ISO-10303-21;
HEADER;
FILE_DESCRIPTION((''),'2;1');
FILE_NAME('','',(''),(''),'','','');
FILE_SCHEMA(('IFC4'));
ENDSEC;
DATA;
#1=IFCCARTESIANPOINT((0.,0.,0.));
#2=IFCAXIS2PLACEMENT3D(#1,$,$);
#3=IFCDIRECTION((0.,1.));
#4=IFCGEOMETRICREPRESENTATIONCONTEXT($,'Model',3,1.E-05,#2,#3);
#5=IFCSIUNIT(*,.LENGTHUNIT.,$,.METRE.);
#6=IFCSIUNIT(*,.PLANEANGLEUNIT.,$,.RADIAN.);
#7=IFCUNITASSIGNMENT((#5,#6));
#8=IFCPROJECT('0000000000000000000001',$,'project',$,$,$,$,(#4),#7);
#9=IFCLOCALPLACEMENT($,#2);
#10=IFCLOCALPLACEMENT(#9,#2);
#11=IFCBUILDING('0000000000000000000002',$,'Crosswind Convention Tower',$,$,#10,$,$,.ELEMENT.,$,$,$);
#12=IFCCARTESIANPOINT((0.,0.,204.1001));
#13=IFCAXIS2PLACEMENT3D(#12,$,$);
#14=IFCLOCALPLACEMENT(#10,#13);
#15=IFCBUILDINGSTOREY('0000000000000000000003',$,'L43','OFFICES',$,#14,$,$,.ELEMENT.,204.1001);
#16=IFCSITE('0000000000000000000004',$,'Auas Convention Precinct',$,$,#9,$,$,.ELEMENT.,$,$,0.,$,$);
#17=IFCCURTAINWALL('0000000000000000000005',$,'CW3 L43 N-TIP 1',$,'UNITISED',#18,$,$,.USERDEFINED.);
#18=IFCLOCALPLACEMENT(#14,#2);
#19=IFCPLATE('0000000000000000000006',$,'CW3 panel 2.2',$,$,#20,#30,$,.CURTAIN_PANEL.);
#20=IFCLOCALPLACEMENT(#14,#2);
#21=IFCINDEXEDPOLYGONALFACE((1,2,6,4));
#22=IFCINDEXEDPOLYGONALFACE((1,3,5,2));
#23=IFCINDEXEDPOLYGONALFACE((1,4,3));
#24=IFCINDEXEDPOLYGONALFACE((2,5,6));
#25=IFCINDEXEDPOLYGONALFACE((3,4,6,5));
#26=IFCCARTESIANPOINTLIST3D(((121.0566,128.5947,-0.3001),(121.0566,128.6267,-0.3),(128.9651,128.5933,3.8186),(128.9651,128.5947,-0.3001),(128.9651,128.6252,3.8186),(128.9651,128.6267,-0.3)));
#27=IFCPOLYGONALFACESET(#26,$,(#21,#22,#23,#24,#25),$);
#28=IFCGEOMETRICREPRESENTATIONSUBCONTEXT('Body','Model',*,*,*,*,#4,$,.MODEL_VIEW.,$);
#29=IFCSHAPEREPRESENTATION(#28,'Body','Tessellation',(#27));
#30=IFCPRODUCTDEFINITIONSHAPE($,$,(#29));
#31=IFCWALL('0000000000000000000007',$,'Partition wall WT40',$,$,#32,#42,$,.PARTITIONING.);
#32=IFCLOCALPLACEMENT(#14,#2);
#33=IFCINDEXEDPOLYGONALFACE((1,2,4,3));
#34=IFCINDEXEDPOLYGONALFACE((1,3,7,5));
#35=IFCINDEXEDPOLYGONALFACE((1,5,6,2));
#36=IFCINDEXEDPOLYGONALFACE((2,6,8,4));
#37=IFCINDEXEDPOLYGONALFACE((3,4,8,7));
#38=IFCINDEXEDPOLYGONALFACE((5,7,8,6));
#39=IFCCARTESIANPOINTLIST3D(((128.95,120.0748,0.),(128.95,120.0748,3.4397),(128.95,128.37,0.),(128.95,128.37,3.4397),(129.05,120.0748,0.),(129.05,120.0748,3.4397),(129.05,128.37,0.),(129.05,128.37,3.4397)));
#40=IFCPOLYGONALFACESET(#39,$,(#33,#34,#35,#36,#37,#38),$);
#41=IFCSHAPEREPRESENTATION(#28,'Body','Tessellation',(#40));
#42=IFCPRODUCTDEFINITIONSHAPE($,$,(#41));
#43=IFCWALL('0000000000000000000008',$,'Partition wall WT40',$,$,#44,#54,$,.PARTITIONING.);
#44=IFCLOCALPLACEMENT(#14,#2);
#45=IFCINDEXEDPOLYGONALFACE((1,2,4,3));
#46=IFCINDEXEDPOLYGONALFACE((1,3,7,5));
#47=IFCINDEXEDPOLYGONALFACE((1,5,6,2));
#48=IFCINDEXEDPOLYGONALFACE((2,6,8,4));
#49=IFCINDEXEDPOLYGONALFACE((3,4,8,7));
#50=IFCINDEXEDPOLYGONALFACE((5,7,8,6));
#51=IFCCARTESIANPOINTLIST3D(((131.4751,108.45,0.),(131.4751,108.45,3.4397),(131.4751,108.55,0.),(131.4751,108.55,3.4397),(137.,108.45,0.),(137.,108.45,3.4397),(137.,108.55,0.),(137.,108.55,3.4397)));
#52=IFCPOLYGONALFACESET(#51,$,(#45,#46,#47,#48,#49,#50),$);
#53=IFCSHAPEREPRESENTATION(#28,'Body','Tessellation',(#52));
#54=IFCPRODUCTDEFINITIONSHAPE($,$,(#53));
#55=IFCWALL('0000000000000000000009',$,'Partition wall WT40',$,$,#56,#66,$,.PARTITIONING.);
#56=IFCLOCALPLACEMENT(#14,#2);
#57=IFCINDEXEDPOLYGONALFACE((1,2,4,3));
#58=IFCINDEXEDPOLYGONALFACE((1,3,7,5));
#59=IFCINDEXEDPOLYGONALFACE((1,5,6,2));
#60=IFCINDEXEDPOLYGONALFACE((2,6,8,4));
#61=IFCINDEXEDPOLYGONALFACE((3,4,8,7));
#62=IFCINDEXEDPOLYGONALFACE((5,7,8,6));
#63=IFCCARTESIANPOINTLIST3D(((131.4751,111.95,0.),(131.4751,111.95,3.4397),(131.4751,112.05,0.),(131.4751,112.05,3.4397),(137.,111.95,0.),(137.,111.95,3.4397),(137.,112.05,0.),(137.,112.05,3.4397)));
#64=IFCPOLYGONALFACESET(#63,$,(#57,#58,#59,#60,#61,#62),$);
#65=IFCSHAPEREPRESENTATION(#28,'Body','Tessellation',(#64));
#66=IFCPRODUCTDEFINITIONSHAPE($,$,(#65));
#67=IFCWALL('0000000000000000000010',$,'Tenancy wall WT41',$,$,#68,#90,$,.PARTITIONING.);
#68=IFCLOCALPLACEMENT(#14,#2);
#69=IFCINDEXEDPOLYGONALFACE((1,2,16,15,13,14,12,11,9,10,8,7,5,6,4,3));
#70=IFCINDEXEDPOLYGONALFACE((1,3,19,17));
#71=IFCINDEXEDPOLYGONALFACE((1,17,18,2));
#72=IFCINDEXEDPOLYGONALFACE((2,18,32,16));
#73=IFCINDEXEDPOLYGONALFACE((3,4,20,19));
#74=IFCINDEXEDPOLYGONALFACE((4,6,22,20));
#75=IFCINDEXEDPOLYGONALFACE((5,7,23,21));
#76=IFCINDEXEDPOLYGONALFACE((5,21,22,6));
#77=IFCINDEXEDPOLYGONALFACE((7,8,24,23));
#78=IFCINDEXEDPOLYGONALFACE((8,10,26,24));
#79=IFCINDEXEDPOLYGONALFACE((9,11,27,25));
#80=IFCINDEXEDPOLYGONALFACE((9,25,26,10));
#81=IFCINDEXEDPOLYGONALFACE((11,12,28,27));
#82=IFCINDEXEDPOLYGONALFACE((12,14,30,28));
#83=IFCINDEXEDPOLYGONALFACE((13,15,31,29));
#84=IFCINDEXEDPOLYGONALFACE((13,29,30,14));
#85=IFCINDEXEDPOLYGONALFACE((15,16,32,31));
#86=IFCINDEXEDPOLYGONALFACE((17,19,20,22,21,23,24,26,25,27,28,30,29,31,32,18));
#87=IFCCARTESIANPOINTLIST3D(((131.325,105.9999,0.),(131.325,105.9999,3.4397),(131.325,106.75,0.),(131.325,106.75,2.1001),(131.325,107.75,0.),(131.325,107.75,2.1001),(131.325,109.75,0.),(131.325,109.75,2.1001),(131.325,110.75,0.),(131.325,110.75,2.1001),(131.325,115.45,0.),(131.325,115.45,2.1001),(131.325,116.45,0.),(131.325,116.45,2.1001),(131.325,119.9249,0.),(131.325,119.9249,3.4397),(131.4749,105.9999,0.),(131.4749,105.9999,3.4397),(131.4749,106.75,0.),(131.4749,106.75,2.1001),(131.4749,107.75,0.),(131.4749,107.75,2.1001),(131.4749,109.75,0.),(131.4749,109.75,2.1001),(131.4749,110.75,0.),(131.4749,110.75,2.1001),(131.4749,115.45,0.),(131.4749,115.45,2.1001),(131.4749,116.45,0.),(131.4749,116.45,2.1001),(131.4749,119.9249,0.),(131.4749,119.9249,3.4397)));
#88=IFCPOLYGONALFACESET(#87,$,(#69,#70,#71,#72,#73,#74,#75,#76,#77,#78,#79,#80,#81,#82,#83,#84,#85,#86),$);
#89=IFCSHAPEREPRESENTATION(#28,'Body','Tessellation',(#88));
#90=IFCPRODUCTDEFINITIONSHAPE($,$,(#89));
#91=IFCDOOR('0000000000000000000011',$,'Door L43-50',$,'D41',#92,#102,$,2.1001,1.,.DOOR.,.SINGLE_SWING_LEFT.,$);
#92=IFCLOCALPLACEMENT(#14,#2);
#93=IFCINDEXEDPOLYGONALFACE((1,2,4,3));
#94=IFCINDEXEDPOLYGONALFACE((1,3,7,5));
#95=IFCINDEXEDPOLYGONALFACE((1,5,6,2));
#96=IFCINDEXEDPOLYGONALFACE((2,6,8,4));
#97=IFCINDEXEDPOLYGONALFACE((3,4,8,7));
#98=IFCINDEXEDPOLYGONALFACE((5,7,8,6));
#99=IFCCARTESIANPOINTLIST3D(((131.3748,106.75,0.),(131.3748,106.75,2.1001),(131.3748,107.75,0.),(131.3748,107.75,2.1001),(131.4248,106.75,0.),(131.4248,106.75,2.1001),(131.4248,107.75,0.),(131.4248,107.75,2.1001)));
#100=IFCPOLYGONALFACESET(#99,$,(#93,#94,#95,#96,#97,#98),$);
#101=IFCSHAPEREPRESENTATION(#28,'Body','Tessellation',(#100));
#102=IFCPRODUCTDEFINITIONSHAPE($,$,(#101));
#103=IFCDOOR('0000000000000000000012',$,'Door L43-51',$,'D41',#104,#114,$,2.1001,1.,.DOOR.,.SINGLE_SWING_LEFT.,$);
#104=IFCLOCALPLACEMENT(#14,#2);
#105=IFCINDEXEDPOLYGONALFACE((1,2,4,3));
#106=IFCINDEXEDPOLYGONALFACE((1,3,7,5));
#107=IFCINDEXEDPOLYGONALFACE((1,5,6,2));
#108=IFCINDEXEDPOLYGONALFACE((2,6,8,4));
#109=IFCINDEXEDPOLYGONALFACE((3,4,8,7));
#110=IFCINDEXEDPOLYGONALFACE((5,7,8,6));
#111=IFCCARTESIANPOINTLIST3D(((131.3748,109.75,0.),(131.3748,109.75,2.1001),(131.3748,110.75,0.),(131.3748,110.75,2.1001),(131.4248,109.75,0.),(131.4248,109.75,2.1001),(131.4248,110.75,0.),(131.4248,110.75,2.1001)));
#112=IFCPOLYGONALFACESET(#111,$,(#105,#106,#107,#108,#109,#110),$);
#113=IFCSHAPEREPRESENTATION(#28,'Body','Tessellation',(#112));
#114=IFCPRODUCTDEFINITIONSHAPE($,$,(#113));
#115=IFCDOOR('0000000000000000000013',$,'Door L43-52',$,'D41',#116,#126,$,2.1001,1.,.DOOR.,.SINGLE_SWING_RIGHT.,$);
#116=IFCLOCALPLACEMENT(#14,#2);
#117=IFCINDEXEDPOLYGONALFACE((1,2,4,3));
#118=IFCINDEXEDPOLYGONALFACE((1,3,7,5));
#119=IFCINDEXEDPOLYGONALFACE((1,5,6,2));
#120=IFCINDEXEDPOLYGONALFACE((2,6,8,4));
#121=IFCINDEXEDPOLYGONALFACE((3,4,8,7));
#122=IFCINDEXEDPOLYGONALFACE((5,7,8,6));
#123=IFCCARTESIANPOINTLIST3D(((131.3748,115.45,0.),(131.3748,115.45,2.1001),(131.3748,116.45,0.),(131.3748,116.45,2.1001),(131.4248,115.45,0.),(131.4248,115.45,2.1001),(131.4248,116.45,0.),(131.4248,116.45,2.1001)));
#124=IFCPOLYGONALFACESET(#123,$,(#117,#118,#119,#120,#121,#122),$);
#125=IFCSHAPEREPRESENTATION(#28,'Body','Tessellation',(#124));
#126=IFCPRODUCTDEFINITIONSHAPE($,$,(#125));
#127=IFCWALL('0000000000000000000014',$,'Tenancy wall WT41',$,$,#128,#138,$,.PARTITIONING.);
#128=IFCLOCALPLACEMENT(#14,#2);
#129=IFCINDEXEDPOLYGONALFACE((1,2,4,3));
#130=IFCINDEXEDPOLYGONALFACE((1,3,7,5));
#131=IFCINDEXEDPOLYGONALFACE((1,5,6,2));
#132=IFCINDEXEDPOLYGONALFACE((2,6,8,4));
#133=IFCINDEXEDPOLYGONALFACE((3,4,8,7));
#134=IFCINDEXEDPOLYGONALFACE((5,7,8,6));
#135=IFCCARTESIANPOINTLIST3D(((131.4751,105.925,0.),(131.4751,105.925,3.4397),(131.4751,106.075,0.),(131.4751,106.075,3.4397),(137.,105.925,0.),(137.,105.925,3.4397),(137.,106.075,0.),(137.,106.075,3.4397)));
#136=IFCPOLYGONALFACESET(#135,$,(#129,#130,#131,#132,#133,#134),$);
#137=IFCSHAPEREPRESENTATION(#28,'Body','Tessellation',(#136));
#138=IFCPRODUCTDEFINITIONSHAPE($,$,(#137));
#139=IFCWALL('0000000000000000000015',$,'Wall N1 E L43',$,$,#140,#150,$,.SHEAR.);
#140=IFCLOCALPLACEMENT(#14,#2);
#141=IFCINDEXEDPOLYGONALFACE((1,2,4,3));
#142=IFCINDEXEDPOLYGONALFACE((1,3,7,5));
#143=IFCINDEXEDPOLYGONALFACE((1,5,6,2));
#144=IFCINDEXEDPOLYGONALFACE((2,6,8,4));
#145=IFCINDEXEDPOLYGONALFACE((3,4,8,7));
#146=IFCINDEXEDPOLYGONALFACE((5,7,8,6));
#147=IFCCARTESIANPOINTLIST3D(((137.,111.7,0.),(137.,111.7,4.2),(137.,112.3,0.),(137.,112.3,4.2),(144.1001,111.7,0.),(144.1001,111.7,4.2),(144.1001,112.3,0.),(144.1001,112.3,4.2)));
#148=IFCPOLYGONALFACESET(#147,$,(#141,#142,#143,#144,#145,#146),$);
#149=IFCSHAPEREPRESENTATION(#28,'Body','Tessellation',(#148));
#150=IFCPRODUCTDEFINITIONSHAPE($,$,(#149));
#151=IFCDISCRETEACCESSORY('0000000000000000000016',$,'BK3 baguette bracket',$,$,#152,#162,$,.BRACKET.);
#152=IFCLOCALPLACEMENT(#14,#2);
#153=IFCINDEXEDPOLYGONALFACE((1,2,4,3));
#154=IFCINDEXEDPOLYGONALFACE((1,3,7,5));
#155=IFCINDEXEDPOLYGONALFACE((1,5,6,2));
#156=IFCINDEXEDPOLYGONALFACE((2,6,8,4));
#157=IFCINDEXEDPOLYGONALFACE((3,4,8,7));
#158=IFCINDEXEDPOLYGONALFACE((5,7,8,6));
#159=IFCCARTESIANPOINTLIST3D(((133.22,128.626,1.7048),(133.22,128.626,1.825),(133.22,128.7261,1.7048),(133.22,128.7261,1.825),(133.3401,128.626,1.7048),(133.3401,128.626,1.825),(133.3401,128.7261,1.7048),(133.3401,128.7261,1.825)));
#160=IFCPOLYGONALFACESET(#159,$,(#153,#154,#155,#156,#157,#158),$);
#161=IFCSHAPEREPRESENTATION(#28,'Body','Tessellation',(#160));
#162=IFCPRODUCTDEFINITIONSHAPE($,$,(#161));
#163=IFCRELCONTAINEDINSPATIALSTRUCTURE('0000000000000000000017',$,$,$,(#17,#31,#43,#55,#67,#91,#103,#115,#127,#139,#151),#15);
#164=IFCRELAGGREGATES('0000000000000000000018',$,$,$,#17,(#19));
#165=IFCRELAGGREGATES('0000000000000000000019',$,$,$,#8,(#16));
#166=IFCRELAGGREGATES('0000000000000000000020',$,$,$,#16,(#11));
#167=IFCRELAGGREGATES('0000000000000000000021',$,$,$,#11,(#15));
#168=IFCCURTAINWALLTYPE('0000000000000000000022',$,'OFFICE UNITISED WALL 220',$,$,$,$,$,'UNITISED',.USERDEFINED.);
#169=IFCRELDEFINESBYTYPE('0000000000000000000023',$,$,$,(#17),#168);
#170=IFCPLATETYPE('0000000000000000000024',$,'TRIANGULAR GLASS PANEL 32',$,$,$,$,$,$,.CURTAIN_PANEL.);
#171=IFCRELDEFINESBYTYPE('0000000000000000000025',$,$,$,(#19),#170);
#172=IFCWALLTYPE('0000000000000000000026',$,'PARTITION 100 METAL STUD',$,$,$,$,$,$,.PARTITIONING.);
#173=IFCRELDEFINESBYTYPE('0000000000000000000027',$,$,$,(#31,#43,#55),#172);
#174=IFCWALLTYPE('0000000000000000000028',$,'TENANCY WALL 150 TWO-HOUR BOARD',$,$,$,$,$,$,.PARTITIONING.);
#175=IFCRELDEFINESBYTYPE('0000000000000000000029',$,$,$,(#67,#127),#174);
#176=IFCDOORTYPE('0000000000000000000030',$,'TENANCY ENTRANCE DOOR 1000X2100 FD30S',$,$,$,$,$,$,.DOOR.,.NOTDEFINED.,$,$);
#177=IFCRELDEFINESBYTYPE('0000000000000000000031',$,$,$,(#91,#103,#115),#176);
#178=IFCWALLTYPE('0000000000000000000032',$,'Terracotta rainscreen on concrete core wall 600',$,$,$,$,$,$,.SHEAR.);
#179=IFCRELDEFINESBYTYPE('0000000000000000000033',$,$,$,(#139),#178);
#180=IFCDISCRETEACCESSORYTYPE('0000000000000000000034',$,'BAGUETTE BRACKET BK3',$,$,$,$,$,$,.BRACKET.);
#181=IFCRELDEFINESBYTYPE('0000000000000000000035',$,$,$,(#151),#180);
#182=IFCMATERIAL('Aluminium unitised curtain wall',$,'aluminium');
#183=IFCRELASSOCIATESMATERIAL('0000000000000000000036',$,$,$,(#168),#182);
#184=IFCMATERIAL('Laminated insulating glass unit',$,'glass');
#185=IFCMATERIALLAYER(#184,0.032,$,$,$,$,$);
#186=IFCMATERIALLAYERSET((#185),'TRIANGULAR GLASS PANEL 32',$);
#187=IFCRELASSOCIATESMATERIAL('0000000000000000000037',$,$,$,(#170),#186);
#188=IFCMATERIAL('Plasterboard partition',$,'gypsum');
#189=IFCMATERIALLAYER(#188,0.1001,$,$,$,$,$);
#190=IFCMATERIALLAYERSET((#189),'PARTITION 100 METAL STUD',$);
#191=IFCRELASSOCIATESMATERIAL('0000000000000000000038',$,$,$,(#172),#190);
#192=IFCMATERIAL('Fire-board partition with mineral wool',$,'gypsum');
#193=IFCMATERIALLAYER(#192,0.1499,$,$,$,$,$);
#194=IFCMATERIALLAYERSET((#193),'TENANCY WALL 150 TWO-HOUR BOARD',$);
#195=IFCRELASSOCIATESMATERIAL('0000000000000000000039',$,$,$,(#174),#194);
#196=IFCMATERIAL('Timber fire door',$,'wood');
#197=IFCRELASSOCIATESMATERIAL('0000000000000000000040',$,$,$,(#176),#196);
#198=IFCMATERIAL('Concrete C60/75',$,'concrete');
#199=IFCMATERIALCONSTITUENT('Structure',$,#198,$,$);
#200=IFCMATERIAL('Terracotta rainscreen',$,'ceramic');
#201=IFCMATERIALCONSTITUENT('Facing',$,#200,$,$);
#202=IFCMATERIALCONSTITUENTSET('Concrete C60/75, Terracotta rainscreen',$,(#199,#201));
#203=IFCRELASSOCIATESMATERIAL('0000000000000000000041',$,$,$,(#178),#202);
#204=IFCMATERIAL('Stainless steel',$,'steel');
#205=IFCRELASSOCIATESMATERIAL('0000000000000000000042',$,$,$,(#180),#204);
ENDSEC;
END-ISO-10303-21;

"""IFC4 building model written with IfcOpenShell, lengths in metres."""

from ifc_helpers import new_model, si_unit, direction, frame, frame_2d, origin, origin_2d, place, context, subcontext, project, spatial, polyline, rectangle, outline, extrude, material, layer, layer_set, constituent, constituent_set, type_object, element, fill, aggregate, save


model = new_model("IFC4")

# Units and contexts
model_context = context("Model", 3, precision=1e-05, world=origin(), true_north=direction((0.0, 1.0)))
body_context = subcontext(model_context, "Body", "Model", "MODEL_VIEW")
ifc_project = project(units=[si_unit("LENGTHUNIT", "METRE"), si_unit("PLANEANGLEUNIT", "RADIAN")], contexts=[model_context])

# Site, building, storey
site_placement = place(None, origin())
site = spatial("IfcSite", under=ifc_project, at=site_placement, Name="Auas Convention Precinct", CompositionType="ELEMENT", RefElevation=0.0)
building_placement = place(site_placement, origin())
building = spatial("IfcBuilding", under=site, at=building_placement, Name="Crosswind Convention Tower", CompositionType="ELEMENT")
storey_placement = place(building_placement, frame((0.0, 0.0, 204.1001)))
storey = spatial("IfcBuildingStorey", under=building, at=storey_placement, Name="L43", Description="OFFICES", CompositionType="ELEMENT", Elevation=204.1001)

# Shared definitions
ifc_material_1 = material(Name="Concrete C60/75", Category="concrete")

# Curtain wall
ifc_material_2 = material(Name="Aluminium unitised curtain wall", Category="aluminium")
curtain_wall_type = type_object("IfcCurtainWallType", Name="OFFICE UNITISED WALL 220", ElementType="UNITISED", PredefinedType="USERDEFINED", material=ifc_material_2)
curtain_wall_placement = place(storey_placement, origin())
curtain_wall = element("IfcCurtainWall", 1, at=curtain_wall_placement, inside=storey, type_object=curtain_wall_type, Name="CW3 L43 N-TIP 1", ObjectType="UNITISED", PredefinedType="USERDEFINED")

# Plate
ifc_material_3 = material(Name="Laminated insulating glass unit", Category="glass")
ifc_layer_1 = layer(ifc_material_3, 0.032)
ifc_layer_set_1 = layer_set([ifc_layer_1], Name="TRIANGULAR GLASS PANEL 32")
plate_type = type_object("IfcPlateType", Name="TRIANGULAR GLASS PANEL 32", PredefinedType="CURTAIN_PANEL", material=ifc_layer_set_1)
plate_1_placement = place(storey_placement, frame((128.9651, 128.6267, -0.3), z_axis=(0.0, 1.0, 0.000356), x_axis=(-1.0, 0.0, 0.0)))
plate_1 = element("IfcPlate", 2, at=plate_1_placement, type_object=plate_type, Name="CW3 panel 2.2", PredefinedType="CURTAIN_PANEL", context=body_context, shape_type="SweptSolid", body=[
    extrude(outline(polyline([(0.0, 0.0), (7.9084, 0.0), (0.0, 4.1187), (0.0, 0.0)])), origin(), (0.0, 0.0, -1.0), 0.032),
])
aggregate(curtain_wall, [plate_1])

# Walls
ifc_material_4 = material(Name="Plasterboard partition", Category="gypsum")
ifc_layer_2 = layer(ifc_material_4, 0.1001)
ifc_layer_set_2 = layer_set([ifc_layer_2], Name="PARTITION 100 METAL STUD")
wall_type_1 = type_object("IfcWallType", Name="PARTITION 100 METAL STUD", PredefinedType="PARTITIONING", material=ifc_layer_set_2)
wall_1_placement = place(storey_placement, frame((129.0, 120.075, 0.0), z_axis=(0.0, 0.0, 1.0), x_axis=(0.0, 1.0, 0.0)))
element("IfcWall", 3, at=wall_1_placement, inside=storey, type_object=wall_type_1, Name="Partition wall WT40", PredefinedType="PARTITIONING", context=body_context, shape_type="SweptSolid", body=[
    extrude(rectangle(XDim=8.2952, YDim=0.1001, at=frame_2d((4.1475, 0.0))), origin(), (0.0, 0.0, 1.0), 3.4397),
])
for number, where, z_axis, x_axis, name in (
    (4, (131.4751, 108.5, 0.0), (0.0, 0.0, 1.0), (1.0, 0.0, 0.0), "Partition wall WT40"),
    (5, (131.4751, 112.0, 0.0), (0.0, 0.0, 1.0), (1.0, 0.0, 0.0), "Partition wall WT40"),
):
    element("IfcWall", number, at=place(storey_placement, frame(where, z_axis=z_axis, x_axis=x_axis)), inside=storey, type_object=wall_type_1, Name=name, PredefinedType="PARTITIONING", context=body_context, shape_type="SweptSolid", body=[
        extrude(rectangle(XDim=5.5249, YDim=0.1001, at=frame_2d((2.7625, 0.0))), origin(), (0.0, 0.0, 1.0), 3.4397),
    ])

# Wall, openings, doors
ifc_material_5 = material(Name="Fire-board partition with mineral wool", Category="gypsum")
ifc_layer_3 = layer(ifc_material_5, 0.1499)
ifc_layer_set_3 = layer_set([ifc_layer_3], Name="TENANCY WALL 150 TWO-HOUR BOARD")
wall_type_2 = type_object("IfcWallType", Name="TENANCY WALL 150 TWO-HOUR BOARD", PredefinedType="PARTITIONING", material=ifc_layer_set_3)
wall_2_placement = place(storey_placement, frame((131.3999, 106.0, 0.0), z_axis=(0.0, 0.0, 1.0), x_axis=(0.0, 1.0, 0.0)))
wall_2 = element("IfcWall", 6, at=wall_2_placement, inside=storey, type_object=wall_type_2, Name="Tenancy wall WT41", PredefinedType="PARTITIONING", context=body_context, shape_type="SweptSolid", body=[
    extrude(rectangle(XDim=13.925, YDim=0.1499, at=frame_2d((6.9624, 0.0))), origin(), (0.0, 0.0, 1.0), 3.4397),
])
opening_1_placement = place(wall_2_placement, frame((0.75, 0.0, 0.0)))
opening_1 = element("IfcOpeningElement", 7, at=opening_1_placement, cuts=wall_2, PredefinedType="OPENING", context=body_context, shape_type="SweptSolid", body=[
    extrude(rectangle(XDim=1.0, YDim=2.1001, at=frame_2d((0.5, 1.05))), frame((0.0, 0.085, 0.0), z_axis=(0.0, -1.0, 0.0), x_axis=(1.0, 0.0, 0.0)), (0.0, 0.0, 1.0), 0.1699),
])
opening_2_placement = place(wall_2_placement, frame((3.75, 0.0, 0.0)))
opening_2 = element("IfcOpeningElement", 8, at=opening_2_placement, cuts=wall_2, PredefinedType="OPENING", context=body_context, shape_type="SweptSolid", body=[
    extrude(rectangle(XDim=1.0, YDim=2.1001, at=frame_2d((0.5, 1.05))), frame((0.0, 0.085, 0.0), z_axis=(0.0, -1.0, 0.0), x_axis=(1.0, 0.0, 0.0)), (0.0, 0.0, 1.0), 0.1699),
])
opening_3_placement = place(wall_2_placement, frame((9.45, 0.0, 0.0)))
opening_3 = element("IfcOpeningElement", 9, at=opening_3_placement, cuts=wall_2, PredefinedType="OPENING", context=body_context, shape_type="SweptSolid", body=[
    extrude(rectangle(XDim=1.0, YDim=2.1001, at=frame_2d((0.5, 1.05))), frame((0.0, 0.085, 0.0), z_axis=(0.0, -1.0, 0.0), x_axis=(1.0, 0.0, 0.0)), (0.0, 0.0, 1.0), 0.1699),
])
ifc_material_6 = material(Name="Timber fire door", Category="wood")
door_type = type_object("IfcDoorType", Name="TENANCY ENTRANCE DOOR 1000X2100 FD30S", OperationType="NOTDEFINED", PredefinedType="DOOR", material=ifc_material_6)
door_1_placement = place(opening_1_placement, frame((1.0, 0.0, 0.0), z_axis=(0.0, 0.0, 1.0), x_axis=(-1.0, 0.0, 0.0)))
door_1 = element("IfcDoor", 10, at=door_1_placement, inside=storey, type_object=door_type, Name="Door L43-50", ObjectType="D41", OperationType="SINGLE_SWING_LEFT", OverallHeight=2.1001, OverallWidth=1.0, PredefinedType="DOOR", context=body_context, shape_type="SweptSolid", body=[
    extrude(rectangle(XDim=1.0, YDim=2.1001, at=frame_2d((0.5, 1.05))), frame((0.0, 0.0249, 0.0), z_axis=(0.0, -1.0, 0.0), x_axis=(1.0, 0.0, 0.0)), (0.0, 0.0, 1.0), 0.05),
])
fill(opening_1, door_1)
door_2_placement = place(opening_2_placement, frame((1.0, 0.0, 0.0), z_axis=(0.0, 0.0, 1.0), x_axis=(-1.0, 0.0, 0.0)))
door_2 = element("IfcDoor", 11, at=door_2_placement, inside=storey, type_object=door_type, Name="Door L43-51", ObjectType="D41", OperationType="SINGLE_SWING_LEFT", OverallHeight=2.1001, OverallWidth=1.0, PredefinedType="DOOR", context=body_context, shape_type="SweptSolid", body=[
    extrude(rectangle(XDim=1.0, YDim=2.1001, at=frame_2d((0.5, 1.05))), frame((0.0, 0.0249, 0.0), z_axis=(0.0, -1.0, 0.0), x_axis=(1.0, 0.0, 0.0)), (0.0, 0.0, 1.0), 0.05),
])
fill(opening_2, door_2)
door_3_placement = place(opening_3_placement, frame((1.0, 0.0, 0.0), z_axis=(0.0, 0.0, 1.0), x_axis=(-1.0, 0.0, 0.0)))
door_3 = element("IfcDoor", 12, at=door_3_placement, inside=storey, type_object=door_type, Name="Door L43-52", ObjectType="D41", OperationType="SINGLE_SWING_RIGHT", OverallHeight=2.1001, OverallWidth=1.0, PredefinedType="DOOR", context=body_context, shape_type="SweptSolid", body=[
    extrude(rectangle(XDim=1.0, YDim=2.1001, at=frame_2d((0.5, 1.05))), frame((0.0, 0.0249, 0.0), z_axis=(0.0, -1.0, 0.0), x_axis=(1.0, 0.0, 0.0)), (0.0, 0.0, 1.0), 0.05),
])
fill(opening_3, door_3)

# Walls
wall_3_placement = place(storey_placement, frame((131.4751, 106.0, 0.0), z_axis=(0.0, 0.0, 1.0), x_axis=(1.0, 0.0, 0.0)))
element("IfcWall", 13, at=wall_3_placement, inside=storey, type_object=wall_type_2, Name="Tenancy wall WT41", PredefinedType="PARTITIONING", context=body_context, shape_type="SweptSolid", body=[
    extrude(rectangle(XDim=5.5249, YDim=0.1499, at=frame_2d((2.7625, 0.0))), origin(), (0.0, 0.0, 1.0), 3.4397),
])
ifc_constituent_1 = constituent(ifc_material_1, Name="Structure")
ifc_material_7 = material(Name="Terracotta rainscreen", Category="ceramic")
ifc_constituent_2 = constituent(ifc_material_7, Name="Facing")
ifc_constituent_set = constituent_set(constituents=[ifc_constituent_1, ifc_constituent_2], Name="Concrete C60/75, Terracotta rainscreen")
wall_type_3 = type_object("IfcWallType", Name="Terracotta rainscreen on concrete core wall 600", PredefinedType="SHEAR", material=ifc_constituent_set)
wall_4_placement = place(storey_placement, frame((137.0, 112.0, 0.0), z_axis=(0.0, 0.0, 1.0), x_axis=(1.0, 0.0, 0.0)))
element("IfcWall", 14, at=wall_4_placement, inside=storey, type_object=wall_type_3, Name="Wall N1 E L43", PredefinedType="SHEAR", context=body_context, shape_type="SweptSolid", body=[
    extrude(rectangle(XDim=7.1001, YDim=0.6001, at=frame_2d((3.55, 0.0))), origin(), (0.0, 0.0, 1.0), 4.2),
])

# Discrete accessory
ifc_material_8 = material(Name="Stainless steel", Category="steel")
discrete_accessory_type = type_object("IfcDiscreteAccessoryType", Name="BAGUETTE BRACKET BK3", PredefinedType="BRACKET", material=ifc_material_8)
discrete_accessory_placement = place(storey_placement, frame((133.28, 128.676, 1.7048), z_axis=(0.0, 0.0, 1.0), x_axis=(-1.0, 0.0, 0.0)))
element("IfcDiscreteAccessory", 15, at=discrete_accessory_placement, inside=storey, type_object=discrete_accessory_type, Name="BK3 baguette bracket", PredefinedType="BRACKET", context=body_context, shape_type="SweptSolid", body=[
    extrude(rectangle(XDim=0.1201, YDim=0.1001, at=origin_2d()), origin(), (0.0, 0.0, 1.0), 0.1201),
])

save(model, "model.ifc")
